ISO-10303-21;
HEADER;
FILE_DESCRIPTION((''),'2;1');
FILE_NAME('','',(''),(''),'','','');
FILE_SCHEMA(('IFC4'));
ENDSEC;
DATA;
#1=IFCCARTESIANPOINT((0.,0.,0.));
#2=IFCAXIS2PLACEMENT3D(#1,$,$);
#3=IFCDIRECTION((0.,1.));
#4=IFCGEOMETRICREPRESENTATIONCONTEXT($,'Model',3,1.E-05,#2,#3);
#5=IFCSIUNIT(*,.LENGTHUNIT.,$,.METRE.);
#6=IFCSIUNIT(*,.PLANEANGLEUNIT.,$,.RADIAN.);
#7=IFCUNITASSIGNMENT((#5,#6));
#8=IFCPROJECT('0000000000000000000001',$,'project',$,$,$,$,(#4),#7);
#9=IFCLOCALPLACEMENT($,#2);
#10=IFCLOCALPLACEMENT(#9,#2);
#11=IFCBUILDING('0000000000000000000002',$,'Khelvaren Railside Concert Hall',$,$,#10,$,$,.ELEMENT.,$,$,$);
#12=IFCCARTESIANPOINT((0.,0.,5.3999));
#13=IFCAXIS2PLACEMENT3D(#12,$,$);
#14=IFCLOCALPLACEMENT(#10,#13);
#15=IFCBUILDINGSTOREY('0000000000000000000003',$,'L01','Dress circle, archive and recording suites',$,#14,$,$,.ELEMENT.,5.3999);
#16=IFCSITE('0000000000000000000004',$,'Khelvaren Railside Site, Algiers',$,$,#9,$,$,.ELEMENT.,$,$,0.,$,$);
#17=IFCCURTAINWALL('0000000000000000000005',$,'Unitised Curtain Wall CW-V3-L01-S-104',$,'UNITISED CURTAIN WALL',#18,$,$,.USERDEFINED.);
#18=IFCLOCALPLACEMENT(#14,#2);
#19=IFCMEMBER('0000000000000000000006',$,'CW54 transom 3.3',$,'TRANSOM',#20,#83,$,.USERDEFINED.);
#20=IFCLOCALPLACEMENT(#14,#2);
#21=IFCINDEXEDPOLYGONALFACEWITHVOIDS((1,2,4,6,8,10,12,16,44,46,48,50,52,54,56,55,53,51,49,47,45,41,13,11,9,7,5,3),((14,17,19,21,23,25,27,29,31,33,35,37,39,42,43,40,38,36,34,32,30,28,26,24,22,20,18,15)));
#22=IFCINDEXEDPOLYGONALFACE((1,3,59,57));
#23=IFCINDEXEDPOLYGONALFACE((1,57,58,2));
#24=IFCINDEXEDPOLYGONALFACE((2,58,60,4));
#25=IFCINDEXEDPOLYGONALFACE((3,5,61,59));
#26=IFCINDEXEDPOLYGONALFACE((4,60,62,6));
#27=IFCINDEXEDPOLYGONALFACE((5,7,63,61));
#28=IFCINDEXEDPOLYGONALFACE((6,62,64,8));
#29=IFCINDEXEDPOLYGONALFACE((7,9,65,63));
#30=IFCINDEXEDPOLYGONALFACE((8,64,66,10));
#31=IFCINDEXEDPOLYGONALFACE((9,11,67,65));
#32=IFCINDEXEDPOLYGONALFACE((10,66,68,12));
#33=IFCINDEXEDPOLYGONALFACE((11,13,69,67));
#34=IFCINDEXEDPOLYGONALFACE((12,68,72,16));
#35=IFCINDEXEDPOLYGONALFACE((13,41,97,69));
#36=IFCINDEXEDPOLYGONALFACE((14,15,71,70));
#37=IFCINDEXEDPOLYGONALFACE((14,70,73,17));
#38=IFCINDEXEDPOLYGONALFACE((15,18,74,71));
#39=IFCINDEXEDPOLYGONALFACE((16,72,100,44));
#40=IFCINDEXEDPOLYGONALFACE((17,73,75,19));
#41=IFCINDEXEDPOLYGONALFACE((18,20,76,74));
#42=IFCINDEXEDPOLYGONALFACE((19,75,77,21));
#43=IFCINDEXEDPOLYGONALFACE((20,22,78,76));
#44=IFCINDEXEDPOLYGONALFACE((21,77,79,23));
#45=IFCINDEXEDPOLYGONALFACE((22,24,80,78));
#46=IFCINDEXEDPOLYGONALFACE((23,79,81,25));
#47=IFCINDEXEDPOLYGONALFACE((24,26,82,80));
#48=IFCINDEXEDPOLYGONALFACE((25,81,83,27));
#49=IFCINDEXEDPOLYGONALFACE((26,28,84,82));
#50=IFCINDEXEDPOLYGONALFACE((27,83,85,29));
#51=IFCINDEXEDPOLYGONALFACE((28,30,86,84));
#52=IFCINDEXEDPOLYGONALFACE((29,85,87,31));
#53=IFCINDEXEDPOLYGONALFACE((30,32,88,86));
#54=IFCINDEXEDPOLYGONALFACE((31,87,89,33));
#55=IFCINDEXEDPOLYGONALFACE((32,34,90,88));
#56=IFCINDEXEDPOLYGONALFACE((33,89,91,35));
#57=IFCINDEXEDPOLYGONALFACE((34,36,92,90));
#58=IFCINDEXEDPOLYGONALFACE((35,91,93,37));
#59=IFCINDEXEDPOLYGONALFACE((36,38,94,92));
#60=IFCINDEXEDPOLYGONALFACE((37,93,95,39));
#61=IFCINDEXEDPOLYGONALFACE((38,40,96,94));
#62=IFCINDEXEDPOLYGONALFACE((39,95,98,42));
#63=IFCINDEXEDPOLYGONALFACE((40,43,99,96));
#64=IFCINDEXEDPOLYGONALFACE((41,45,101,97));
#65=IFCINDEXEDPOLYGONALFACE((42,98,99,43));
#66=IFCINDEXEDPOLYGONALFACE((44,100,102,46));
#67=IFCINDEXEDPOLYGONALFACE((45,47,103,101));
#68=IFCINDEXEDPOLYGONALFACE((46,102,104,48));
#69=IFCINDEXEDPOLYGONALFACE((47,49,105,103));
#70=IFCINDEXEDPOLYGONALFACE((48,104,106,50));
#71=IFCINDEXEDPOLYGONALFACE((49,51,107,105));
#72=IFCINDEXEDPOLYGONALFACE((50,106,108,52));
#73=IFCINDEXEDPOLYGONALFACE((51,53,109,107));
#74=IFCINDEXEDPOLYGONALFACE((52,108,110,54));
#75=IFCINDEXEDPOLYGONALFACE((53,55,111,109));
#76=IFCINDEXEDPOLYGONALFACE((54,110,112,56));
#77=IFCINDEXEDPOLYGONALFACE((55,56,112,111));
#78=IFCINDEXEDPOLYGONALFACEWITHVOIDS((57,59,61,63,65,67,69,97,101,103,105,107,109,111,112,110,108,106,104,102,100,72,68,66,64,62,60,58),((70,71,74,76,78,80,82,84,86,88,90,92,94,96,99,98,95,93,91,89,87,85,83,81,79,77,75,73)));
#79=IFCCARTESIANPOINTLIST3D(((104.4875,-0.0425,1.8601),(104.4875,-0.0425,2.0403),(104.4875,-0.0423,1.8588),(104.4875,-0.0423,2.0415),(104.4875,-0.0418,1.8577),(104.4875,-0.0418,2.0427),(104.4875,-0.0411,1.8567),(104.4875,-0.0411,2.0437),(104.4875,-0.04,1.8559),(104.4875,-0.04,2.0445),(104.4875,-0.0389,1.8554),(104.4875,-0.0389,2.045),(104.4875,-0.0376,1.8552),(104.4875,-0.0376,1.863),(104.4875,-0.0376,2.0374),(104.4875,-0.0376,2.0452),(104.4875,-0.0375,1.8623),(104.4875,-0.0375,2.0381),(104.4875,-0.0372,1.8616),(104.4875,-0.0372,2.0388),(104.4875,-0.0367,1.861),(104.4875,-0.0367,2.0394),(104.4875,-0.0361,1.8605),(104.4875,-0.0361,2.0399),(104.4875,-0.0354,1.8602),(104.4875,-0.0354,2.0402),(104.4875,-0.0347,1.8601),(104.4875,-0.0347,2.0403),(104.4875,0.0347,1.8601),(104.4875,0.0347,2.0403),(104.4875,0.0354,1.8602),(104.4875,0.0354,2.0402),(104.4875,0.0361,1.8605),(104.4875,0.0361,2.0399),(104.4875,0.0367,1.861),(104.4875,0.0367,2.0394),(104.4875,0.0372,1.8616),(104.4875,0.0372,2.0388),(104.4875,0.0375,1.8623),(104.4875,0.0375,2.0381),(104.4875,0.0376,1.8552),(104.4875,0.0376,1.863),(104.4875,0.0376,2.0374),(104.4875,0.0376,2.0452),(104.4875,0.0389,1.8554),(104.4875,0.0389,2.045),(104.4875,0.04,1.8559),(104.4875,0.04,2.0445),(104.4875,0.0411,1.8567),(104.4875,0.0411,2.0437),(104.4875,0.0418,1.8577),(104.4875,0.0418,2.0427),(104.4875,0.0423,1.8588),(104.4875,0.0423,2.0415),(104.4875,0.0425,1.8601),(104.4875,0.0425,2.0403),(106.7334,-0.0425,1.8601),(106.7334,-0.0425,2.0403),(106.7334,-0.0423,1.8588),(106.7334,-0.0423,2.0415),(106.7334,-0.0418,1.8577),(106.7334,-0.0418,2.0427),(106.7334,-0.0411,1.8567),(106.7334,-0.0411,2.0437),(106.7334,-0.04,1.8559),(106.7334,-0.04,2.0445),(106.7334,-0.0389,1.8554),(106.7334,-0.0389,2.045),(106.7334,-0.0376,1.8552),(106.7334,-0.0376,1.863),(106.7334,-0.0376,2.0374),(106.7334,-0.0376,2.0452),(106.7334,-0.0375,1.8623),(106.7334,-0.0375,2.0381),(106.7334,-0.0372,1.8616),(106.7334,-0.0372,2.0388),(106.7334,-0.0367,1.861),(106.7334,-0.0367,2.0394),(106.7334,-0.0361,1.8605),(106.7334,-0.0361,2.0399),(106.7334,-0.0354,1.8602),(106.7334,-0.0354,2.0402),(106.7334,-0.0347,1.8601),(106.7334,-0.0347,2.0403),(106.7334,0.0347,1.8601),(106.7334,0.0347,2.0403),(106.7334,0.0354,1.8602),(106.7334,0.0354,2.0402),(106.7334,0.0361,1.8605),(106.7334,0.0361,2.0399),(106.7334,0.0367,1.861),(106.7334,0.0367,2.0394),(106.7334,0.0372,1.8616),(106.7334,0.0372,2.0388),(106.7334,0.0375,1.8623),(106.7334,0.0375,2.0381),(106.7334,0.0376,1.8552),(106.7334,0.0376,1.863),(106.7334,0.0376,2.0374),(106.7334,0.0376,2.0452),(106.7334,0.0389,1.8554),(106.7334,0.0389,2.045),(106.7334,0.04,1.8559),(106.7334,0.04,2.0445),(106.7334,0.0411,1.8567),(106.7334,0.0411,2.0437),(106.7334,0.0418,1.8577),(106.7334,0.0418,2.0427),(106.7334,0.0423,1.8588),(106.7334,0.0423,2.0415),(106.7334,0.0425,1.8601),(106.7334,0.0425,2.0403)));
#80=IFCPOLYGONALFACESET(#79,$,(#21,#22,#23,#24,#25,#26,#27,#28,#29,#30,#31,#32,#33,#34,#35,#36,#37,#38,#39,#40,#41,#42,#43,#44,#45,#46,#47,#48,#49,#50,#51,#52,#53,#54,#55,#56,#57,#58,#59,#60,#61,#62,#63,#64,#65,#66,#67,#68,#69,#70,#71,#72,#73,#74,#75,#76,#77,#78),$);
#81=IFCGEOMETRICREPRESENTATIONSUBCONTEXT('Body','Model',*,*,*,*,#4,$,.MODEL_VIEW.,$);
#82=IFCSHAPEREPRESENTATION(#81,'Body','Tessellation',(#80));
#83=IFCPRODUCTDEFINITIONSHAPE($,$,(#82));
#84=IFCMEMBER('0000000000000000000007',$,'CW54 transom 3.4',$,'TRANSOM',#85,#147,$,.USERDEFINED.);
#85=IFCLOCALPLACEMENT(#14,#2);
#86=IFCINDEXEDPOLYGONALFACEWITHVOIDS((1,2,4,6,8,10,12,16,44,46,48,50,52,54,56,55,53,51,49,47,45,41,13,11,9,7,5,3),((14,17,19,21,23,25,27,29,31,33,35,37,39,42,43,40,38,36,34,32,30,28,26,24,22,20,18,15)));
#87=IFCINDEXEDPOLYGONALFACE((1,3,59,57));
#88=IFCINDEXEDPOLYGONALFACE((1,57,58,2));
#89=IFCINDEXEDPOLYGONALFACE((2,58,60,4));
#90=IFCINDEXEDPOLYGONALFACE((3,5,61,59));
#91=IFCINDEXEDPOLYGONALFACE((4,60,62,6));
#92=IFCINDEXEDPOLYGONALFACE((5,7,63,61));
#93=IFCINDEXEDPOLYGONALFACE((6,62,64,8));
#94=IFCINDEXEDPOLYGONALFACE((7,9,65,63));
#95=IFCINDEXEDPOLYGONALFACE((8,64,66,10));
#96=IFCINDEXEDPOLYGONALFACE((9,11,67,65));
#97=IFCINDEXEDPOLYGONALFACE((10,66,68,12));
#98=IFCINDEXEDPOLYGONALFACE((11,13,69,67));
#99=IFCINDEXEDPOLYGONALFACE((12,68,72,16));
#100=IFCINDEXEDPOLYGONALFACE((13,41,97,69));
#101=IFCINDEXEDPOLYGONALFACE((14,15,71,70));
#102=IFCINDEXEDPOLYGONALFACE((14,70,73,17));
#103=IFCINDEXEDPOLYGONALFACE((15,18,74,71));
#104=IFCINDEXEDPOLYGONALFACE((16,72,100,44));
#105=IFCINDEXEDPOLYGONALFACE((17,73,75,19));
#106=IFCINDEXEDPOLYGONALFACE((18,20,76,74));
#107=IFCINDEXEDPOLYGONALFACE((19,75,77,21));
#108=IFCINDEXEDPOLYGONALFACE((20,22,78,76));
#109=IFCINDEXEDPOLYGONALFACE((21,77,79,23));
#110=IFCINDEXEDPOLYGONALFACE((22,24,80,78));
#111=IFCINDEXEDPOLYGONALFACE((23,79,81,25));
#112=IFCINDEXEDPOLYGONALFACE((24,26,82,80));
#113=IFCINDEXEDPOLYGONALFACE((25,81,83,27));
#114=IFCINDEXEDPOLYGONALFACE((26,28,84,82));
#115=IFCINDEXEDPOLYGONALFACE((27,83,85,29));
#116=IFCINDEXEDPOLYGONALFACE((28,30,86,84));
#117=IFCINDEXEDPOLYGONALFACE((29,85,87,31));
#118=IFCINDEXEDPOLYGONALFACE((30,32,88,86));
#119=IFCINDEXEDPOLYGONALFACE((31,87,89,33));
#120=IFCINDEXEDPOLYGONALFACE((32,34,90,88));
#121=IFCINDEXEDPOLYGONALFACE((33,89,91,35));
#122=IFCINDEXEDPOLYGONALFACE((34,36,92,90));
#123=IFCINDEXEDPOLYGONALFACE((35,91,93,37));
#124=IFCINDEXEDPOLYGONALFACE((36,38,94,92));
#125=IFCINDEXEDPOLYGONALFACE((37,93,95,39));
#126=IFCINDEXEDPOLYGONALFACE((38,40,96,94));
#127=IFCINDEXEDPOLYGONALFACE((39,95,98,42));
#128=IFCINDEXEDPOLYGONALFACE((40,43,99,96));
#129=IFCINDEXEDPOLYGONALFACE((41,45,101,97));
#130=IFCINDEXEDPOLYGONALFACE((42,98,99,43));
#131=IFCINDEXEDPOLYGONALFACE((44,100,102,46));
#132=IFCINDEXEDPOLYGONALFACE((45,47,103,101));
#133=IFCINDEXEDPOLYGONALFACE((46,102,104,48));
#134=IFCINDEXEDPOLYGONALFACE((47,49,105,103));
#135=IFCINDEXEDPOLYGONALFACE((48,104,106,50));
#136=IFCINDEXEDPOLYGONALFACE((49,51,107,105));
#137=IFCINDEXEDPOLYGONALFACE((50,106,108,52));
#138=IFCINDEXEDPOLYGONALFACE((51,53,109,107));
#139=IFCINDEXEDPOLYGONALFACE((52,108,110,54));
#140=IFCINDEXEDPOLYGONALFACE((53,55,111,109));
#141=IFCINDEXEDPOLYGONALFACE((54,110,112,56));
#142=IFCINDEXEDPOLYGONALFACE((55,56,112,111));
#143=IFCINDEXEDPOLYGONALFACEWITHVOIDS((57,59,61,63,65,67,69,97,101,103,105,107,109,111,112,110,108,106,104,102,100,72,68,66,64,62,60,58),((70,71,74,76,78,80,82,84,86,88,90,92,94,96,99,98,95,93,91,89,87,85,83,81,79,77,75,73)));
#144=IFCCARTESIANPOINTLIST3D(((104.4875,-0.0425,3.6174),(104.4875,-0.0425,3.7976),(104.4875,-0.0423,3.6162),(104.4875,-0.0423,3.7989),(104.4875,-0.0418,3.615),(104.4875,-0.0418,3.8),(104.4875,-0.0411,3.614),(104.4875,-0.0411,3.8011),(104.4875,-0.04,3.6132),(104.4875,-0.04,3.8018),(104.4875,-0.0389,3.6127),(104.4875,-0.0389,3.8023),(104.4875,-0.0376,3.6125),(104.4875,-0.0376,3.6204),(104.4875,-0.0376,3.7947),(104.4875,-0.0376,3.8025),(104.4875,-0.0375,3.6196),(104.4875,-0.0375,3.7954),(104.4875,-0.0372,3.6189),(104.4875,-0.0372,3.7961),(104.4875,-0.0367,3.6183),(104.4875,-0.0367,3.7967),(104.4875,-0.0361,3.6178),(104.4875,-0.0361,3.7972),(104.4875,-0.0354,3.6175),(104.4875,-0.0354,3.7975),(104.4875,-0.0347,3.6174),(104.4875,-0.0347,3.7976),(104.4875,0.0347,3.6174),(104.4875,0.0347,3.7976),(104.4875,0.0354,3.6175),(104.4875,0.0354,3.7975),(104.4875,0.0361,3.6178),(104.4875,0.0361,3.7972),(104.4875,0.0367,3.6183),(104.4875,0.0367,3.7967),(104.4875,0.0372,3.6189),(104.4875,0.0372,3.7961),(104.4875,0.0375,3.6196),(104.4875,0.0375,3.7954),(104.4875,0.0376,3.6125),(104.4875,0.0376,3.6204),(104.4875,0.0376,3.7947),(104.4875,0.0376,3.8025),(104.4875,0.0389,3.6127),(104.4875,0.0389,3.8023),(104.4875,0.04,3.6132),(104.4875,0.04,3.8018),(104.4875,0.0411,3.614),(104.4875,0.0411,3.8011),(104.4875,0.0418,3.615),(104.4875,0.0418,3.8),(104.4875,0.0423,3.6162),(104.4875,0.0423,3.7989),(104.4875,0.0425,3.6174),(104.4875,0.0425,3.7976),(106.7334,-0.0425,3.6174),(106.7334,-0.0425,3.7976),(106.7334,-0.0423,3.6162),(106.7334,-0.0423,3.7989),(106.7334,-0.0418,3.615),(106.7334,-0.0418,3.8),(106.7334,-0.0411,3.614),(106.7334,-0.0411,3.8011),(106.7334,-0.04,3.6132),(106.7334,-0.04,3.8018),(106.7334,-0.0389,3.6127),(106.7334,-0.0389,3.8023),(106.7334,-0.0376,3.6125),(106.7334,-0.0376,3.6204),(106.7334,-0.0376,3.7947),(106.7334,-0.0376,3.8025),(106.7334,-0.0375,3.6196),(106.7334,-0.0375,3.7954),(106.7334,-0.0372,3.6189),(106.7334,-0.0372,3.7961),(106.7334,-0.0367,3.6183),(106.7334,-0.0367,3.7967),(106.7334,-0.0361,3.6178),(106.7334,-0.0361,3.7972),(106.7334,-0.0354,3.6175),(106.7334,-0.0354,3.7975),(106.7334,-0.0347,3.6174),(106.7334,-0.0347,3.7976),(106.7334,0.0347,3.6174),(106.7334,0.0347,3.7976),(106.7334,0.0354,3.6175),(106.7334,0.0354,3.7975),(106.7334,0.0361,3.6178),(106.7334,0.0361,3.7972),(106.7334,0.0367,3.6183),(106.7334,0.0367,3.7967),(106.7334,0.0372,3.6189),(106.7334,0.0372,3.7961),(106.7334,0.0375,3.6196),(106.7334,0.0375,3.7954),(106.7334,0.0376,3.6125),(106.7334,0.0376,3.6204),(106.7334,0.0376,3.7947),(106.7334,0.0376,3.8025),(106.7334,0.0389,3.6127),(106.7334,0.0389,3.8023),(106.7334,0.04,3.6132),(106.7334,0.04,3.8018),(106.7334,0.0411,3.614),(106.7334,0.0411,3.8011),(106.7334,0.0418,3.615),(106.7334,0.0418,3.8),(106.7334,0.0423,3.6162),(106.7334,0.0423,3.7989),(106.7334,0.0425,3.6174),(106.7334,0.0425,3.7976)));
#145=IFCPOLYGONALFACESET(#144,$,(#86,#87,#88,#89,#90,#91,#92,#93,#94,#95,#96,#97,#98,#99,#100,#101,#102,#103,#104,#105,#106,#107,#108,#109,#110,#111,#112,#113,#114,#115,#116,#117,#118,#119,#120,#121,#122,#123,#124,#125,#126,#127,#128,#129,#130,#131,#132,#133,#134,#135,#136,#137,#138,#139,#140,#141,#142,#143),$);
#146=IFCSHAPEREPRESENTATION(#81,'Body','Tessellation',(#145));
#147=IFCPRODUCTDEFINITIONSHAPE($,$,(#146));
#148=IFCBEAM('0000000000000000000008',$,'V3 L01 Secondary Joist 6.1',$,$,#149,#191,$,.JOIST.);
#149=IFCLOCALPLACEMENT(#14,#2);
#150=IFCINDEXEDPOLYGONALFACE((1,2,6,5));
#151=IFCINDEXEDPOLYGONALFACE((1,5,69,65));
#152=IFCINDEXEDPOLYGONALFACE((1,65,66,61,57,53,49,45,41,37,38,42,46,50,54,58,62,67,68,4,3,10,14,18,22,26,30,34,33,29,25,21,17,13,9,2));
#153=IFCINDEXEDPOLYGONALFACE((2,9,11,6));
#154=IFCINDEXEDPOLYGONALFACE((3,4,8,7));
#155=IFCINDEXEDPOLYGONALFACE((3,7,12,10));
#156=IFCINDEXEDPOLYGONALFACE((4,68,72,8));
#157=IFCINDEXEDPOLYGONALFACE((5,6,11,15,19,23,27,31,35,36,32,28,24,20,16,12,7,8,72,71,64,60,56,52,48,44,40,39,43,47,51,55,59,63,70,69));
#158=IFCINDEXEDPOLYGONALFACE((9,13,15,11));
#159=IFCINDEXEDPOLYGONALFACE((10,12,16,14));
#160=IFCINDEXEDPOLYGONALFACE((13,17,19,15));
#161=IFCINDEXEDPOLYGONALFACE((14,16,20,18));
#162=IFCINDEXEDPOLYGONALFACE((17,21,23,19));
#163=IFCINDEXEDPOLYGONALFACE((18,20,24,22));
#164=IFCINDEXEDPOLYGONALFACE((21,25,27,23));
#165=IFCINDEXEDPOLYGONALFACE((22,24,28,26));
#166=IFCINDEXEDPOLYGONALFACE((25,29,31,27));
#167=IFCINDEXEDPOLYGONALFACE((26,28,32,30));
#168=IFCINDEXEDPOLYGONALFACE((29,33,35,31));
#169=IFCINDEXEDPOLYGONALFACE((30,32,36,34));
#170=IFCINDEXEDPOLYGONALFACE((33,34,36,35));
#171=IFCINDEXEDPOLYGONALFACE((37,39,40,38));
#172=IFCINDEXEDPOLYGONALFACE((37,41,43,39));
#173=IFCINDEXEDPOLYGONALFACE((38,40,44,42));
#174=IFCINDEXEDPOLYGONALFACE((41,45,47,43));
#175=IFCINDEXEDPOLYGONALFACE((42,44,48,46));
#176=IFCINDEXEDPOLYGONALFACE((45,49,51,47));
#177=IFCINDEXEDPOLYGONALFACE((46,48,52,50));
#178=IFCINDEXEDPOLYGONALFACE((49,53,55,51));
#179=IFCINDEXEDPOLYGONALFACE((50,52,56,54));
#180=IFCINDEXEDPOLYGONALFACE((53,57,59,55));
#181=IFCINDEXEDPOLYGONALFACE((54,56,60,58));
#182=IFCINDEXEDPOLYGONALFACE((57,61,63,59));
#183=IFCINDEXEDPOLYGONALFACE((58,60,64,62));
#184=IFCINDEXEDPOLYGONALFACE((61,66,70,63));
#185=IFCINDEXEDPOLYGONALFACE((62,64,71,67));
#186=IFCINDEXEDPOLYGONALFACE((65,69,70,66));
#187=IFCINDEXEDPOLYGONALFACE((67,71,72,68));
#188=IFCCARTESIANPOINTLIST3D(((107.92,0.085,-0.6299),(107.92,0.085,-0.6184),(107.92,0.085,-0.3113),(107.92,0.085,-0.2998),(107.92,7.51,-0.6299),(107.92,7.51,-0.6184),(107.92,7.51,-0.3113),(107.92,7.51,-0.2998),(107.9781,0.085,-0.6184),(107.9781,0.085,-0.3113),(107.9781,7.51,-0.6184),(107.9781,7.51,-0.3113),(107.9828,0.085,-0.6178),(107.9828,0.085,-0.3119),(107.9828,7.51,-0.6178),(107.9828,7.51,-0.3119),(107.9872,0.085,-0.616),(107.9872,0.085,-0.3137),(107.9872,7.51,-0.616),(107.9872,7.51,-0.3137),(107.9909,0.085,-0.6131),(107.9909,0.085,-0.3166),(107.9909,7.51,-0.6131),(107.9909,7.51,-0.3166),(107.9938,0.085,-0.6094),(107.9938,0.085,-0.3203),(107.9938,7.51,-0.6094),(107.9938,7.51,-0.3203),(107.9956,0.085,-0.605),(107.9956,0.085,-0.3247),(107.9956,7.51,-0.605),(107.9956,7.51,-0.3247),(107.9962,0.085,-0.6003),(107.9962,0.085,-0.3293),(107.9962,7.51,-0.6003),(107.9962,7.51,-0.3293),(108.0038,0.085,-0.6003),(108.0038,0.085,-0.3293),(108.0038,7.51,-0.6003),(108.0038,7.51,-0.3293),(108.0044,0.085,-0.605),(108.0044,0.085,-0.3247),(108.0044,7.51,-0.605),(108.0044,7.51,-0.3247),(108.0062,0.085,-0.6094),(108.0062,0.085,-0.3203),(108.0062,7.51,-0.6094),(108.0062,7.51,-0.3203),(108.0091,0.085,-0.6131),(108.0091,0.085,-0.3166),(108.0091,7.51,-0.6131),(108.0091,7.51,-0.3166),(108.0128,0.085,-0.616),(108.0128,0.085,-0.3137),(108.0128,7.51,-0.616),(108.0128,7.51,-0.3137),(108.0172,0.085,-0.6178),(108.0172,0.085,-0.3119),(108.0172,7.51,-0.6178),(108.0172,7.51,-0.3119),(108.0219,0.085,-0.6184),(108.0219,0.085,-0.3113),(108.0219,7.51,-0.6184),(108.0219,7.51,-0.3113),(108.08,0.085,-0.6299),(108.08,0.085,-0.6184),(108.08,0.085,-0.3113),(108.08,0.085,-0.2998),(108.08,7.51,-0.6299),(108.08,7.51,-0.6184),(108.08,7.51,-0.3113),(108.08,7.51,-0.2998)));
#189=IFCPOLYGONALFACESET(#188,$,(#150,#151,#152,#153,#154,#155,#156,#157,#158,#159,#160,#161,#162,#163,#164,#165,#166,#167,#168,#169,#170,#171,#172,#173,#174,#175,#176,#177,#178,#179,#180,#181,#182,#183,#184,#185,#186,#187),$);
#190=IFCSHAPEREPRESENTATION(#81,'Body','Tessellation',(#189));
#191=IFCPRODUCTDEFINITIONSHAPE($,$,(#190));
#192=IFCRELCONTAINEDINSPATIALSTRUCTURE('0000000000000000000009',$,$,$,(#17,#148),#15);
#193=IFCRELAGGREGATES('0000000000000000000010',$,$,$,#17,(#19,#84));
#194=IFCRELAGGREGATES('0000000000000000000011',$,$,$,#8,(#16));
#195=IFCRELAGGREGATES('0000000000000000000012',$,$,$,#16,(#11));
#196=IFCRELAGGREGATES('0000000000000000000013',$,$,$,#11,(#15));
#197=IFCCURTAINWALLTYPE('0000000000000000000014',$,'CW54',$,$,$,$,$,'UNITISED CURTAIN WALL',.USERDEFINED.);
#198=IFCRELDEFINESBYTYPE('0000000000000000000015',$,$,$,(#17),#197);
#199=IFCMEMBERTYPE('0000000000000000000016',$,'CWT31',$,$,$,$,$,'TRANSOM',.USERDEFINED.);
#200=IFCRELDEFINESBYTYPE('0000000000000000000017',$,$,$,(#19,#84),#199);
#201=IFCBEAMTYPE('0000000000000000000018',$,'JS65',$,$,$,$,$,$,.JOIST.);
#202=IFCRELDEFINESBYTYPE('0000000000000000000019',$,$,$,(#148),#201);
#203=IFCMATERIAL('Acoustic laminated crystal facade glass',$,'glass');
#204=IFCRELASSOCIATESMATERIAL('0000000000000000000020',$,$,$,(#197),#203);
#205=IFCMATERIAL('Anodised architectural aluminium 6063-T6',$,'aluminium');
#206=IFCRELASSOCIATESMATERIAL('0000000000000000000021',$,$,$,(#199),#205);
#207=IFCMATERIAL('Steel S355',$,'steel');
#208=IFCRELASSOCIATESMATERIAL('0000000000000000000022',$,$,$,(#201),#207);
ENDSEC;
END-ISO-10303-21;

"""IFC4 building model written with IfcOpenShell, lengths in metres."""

from ifc_helpers import new_model, si_unit, direction, frame, origin, origin_2d, place, context, subcontext, project, spatial, hollow_rectangle, i_section, extrude, material, material_profile, profile_set, type_object, element, aggregate, save


model = new_model("IFC4")

# Units and contexts
model_context = context("Model", 3, precision=1e-05, world=origin(), true_north=direction((0.0, 1.0)))
body_context = subcontext(model_context, "Body", "Model", "MODEL_VIEW")
ifc_project = project(units=[si_unit("LENGTHUNIT", "METRE"), si_unit("PLANEANGLEUNIT", "RADIAN")], contexts=[model_context])

# Site, building, storey
site_placement = place(None, origin())
site = spatial("IfcSite", under=ifc_project, at=site_placement, Name="Khelvaren Railside Site, Algiers", CompositionType="ELEMENT", RefElevation=0.0)
building_placement = place(site_placement, origin())
building = spatial("IfcBuilding", under=site, at=building_placement, Name="Khelvaren Railside Concert Hall", CompositionType="ELEMENT")
storey_placement = place(building_placement, frame((0.0, 0.0, 5.3999)))
storey = spatial("IfcBuildingStorey", under=building, at=storey_placement, Name="L01", Description="Dress circle, archive and recording suites", CompositionType="ELEMENT", Elevation=5.3999)

# Shared definitions
ifc_material_1 = material(Name="Steel S355", Category="steel")

# Curtain wall, members
ifc_material_2 = material(Name="Acoustic laminated crystal facade glass", Category="glass")
curtain_wall_type = type_object("IfcCurtainWallType", Name="CW54", ElementType="UNITISED CURTAIN WALL", PredefinedType="USERDEFINED", material=ifc_material_2)
curtain_wall_placement = place(storey_placement, origin())
curtain_wall = element("IfcCurtainWall", 1, at=curtain_wall_placement, inside=storey, type_object=curtain_wall_type, Name="Unitised Curtain Wall CW-V3-L01-S-104", ObjectType="UNITISED CURTAIN WALL", PredefinedType="USERDEFINED")
ifc_material_3 = material(Name="Anodised architectural aluminium 6063-T6", Category="aluminium")
ifc_material_profile_1 = material_profile(ifc_material_3, hollow_rectangle(XDim=0.085, YDim=0.1899, WallThickness=0.0049, InnerFilletRadius=0.0029, OuterFilletRadius=0.0049, at=origin_2d()), Name="CWT 85x190x5")
ifc_profile_set_1 = profile_set([ifc_material_profile_1], Name="Anodised architectural aluminium 6063-T6")
member_type_1 = type_object("IfcMemberType", Name="CWT31", ElementType="TRANSOM", PredefinedType="USERDEFINED", material=ifc_profile_set_1)
member_1_placement = place(storey_placement, frame((106.7334, 0.0, 1.9502), z_axis=(-1.0, 0.0, 0.0), x_axis=(0.0, -1.0, 0.0)))
member_1 = element("IfcMember", 2, at=member_1_placement, type_object=member_type_1, Name="CW54 transom 3.3", ObjectType="TRANSOM", PredefinedType="USERDEFINED", context=body_context, shape_type="SweptSolid", body=[
    extrude(hollow_rectangle(XDim=0.085, YDim=0.1899, WallThickness=0.0049, InnerFilletRadius=0.0029, OuterFilletRadius=0.0049, at=origin_2d()), origin(), (0.0, 0.0, 1.0), 2.2458),
])
member_2_placement = place(storey_placement, frame((106.7334, 0.0, 3.7075), z_axis=(-1.0, 0.0, 0.0), x_axis=(0.0, -1.0, 0.0)))
member_2 = element("IfcMember", 3, at=member_2_placement, type_object=member_type_1, Name="CW54 transom 3.4", ObjectType="TRANSOM", PredefinedType="USERDEFINED", context=body_context, shape_type="SweptSolid", body=[
    extrude(hollow_rectangle(XDim=0.085, YDim=0.1899, WallThickness=0.0049, InnerFilletRadius=0.0029, OuterFilletRadius=0.0049, at=origin_2d()), origin(), (0.0, 0.0, 1.0), 2.2458),
])

# Beam
ifc_material_profile_2 = material_profile(ifc_material_1, i_section(OverallWidth=0.1599, OverallDepth=0.3301, WebThickness=0.0076, FlangeThickness=0.0115, FilletRadius=0.0181, at=origin_2d()), Name="IPE 330")
ifc_profile_set_2 = profile_set([ifc_material_profile_2], Name="Steel S355")
beam_type_1 = type_object("IfcBeamType", Name="JS65", PredefinedType="JOIST", material=ifc_profile_set_2)
beam_1_placement = place(storey_placement, frame((108.0, 0.085, -0.4648), z_axis=(0.0, 1.0, 0.0), x_axis=(-1.0, 0.0, 0.0)))
element("IfcBeam", 4, at=beam_1_placement, inside=storey, type_object=beam_type_1, Name="V3 L01 Secondary Joist 6.1", PredefinedType="JOIST", context=body_context, shape_type="SweptSolid", body=[
    extrude(i_section(OverallWidth=0.1599, OverallDepth=0.3301, WebThickness=0.0076, FlangeThickness=0.0115, FilletRadius=0.0181, at=origin_2d()), origin(), (0.0, 0.0, 1.0), 7.425),
])

aggregate(curtain_wall, [member_1, member_2])

save(model, "model.ifc")
